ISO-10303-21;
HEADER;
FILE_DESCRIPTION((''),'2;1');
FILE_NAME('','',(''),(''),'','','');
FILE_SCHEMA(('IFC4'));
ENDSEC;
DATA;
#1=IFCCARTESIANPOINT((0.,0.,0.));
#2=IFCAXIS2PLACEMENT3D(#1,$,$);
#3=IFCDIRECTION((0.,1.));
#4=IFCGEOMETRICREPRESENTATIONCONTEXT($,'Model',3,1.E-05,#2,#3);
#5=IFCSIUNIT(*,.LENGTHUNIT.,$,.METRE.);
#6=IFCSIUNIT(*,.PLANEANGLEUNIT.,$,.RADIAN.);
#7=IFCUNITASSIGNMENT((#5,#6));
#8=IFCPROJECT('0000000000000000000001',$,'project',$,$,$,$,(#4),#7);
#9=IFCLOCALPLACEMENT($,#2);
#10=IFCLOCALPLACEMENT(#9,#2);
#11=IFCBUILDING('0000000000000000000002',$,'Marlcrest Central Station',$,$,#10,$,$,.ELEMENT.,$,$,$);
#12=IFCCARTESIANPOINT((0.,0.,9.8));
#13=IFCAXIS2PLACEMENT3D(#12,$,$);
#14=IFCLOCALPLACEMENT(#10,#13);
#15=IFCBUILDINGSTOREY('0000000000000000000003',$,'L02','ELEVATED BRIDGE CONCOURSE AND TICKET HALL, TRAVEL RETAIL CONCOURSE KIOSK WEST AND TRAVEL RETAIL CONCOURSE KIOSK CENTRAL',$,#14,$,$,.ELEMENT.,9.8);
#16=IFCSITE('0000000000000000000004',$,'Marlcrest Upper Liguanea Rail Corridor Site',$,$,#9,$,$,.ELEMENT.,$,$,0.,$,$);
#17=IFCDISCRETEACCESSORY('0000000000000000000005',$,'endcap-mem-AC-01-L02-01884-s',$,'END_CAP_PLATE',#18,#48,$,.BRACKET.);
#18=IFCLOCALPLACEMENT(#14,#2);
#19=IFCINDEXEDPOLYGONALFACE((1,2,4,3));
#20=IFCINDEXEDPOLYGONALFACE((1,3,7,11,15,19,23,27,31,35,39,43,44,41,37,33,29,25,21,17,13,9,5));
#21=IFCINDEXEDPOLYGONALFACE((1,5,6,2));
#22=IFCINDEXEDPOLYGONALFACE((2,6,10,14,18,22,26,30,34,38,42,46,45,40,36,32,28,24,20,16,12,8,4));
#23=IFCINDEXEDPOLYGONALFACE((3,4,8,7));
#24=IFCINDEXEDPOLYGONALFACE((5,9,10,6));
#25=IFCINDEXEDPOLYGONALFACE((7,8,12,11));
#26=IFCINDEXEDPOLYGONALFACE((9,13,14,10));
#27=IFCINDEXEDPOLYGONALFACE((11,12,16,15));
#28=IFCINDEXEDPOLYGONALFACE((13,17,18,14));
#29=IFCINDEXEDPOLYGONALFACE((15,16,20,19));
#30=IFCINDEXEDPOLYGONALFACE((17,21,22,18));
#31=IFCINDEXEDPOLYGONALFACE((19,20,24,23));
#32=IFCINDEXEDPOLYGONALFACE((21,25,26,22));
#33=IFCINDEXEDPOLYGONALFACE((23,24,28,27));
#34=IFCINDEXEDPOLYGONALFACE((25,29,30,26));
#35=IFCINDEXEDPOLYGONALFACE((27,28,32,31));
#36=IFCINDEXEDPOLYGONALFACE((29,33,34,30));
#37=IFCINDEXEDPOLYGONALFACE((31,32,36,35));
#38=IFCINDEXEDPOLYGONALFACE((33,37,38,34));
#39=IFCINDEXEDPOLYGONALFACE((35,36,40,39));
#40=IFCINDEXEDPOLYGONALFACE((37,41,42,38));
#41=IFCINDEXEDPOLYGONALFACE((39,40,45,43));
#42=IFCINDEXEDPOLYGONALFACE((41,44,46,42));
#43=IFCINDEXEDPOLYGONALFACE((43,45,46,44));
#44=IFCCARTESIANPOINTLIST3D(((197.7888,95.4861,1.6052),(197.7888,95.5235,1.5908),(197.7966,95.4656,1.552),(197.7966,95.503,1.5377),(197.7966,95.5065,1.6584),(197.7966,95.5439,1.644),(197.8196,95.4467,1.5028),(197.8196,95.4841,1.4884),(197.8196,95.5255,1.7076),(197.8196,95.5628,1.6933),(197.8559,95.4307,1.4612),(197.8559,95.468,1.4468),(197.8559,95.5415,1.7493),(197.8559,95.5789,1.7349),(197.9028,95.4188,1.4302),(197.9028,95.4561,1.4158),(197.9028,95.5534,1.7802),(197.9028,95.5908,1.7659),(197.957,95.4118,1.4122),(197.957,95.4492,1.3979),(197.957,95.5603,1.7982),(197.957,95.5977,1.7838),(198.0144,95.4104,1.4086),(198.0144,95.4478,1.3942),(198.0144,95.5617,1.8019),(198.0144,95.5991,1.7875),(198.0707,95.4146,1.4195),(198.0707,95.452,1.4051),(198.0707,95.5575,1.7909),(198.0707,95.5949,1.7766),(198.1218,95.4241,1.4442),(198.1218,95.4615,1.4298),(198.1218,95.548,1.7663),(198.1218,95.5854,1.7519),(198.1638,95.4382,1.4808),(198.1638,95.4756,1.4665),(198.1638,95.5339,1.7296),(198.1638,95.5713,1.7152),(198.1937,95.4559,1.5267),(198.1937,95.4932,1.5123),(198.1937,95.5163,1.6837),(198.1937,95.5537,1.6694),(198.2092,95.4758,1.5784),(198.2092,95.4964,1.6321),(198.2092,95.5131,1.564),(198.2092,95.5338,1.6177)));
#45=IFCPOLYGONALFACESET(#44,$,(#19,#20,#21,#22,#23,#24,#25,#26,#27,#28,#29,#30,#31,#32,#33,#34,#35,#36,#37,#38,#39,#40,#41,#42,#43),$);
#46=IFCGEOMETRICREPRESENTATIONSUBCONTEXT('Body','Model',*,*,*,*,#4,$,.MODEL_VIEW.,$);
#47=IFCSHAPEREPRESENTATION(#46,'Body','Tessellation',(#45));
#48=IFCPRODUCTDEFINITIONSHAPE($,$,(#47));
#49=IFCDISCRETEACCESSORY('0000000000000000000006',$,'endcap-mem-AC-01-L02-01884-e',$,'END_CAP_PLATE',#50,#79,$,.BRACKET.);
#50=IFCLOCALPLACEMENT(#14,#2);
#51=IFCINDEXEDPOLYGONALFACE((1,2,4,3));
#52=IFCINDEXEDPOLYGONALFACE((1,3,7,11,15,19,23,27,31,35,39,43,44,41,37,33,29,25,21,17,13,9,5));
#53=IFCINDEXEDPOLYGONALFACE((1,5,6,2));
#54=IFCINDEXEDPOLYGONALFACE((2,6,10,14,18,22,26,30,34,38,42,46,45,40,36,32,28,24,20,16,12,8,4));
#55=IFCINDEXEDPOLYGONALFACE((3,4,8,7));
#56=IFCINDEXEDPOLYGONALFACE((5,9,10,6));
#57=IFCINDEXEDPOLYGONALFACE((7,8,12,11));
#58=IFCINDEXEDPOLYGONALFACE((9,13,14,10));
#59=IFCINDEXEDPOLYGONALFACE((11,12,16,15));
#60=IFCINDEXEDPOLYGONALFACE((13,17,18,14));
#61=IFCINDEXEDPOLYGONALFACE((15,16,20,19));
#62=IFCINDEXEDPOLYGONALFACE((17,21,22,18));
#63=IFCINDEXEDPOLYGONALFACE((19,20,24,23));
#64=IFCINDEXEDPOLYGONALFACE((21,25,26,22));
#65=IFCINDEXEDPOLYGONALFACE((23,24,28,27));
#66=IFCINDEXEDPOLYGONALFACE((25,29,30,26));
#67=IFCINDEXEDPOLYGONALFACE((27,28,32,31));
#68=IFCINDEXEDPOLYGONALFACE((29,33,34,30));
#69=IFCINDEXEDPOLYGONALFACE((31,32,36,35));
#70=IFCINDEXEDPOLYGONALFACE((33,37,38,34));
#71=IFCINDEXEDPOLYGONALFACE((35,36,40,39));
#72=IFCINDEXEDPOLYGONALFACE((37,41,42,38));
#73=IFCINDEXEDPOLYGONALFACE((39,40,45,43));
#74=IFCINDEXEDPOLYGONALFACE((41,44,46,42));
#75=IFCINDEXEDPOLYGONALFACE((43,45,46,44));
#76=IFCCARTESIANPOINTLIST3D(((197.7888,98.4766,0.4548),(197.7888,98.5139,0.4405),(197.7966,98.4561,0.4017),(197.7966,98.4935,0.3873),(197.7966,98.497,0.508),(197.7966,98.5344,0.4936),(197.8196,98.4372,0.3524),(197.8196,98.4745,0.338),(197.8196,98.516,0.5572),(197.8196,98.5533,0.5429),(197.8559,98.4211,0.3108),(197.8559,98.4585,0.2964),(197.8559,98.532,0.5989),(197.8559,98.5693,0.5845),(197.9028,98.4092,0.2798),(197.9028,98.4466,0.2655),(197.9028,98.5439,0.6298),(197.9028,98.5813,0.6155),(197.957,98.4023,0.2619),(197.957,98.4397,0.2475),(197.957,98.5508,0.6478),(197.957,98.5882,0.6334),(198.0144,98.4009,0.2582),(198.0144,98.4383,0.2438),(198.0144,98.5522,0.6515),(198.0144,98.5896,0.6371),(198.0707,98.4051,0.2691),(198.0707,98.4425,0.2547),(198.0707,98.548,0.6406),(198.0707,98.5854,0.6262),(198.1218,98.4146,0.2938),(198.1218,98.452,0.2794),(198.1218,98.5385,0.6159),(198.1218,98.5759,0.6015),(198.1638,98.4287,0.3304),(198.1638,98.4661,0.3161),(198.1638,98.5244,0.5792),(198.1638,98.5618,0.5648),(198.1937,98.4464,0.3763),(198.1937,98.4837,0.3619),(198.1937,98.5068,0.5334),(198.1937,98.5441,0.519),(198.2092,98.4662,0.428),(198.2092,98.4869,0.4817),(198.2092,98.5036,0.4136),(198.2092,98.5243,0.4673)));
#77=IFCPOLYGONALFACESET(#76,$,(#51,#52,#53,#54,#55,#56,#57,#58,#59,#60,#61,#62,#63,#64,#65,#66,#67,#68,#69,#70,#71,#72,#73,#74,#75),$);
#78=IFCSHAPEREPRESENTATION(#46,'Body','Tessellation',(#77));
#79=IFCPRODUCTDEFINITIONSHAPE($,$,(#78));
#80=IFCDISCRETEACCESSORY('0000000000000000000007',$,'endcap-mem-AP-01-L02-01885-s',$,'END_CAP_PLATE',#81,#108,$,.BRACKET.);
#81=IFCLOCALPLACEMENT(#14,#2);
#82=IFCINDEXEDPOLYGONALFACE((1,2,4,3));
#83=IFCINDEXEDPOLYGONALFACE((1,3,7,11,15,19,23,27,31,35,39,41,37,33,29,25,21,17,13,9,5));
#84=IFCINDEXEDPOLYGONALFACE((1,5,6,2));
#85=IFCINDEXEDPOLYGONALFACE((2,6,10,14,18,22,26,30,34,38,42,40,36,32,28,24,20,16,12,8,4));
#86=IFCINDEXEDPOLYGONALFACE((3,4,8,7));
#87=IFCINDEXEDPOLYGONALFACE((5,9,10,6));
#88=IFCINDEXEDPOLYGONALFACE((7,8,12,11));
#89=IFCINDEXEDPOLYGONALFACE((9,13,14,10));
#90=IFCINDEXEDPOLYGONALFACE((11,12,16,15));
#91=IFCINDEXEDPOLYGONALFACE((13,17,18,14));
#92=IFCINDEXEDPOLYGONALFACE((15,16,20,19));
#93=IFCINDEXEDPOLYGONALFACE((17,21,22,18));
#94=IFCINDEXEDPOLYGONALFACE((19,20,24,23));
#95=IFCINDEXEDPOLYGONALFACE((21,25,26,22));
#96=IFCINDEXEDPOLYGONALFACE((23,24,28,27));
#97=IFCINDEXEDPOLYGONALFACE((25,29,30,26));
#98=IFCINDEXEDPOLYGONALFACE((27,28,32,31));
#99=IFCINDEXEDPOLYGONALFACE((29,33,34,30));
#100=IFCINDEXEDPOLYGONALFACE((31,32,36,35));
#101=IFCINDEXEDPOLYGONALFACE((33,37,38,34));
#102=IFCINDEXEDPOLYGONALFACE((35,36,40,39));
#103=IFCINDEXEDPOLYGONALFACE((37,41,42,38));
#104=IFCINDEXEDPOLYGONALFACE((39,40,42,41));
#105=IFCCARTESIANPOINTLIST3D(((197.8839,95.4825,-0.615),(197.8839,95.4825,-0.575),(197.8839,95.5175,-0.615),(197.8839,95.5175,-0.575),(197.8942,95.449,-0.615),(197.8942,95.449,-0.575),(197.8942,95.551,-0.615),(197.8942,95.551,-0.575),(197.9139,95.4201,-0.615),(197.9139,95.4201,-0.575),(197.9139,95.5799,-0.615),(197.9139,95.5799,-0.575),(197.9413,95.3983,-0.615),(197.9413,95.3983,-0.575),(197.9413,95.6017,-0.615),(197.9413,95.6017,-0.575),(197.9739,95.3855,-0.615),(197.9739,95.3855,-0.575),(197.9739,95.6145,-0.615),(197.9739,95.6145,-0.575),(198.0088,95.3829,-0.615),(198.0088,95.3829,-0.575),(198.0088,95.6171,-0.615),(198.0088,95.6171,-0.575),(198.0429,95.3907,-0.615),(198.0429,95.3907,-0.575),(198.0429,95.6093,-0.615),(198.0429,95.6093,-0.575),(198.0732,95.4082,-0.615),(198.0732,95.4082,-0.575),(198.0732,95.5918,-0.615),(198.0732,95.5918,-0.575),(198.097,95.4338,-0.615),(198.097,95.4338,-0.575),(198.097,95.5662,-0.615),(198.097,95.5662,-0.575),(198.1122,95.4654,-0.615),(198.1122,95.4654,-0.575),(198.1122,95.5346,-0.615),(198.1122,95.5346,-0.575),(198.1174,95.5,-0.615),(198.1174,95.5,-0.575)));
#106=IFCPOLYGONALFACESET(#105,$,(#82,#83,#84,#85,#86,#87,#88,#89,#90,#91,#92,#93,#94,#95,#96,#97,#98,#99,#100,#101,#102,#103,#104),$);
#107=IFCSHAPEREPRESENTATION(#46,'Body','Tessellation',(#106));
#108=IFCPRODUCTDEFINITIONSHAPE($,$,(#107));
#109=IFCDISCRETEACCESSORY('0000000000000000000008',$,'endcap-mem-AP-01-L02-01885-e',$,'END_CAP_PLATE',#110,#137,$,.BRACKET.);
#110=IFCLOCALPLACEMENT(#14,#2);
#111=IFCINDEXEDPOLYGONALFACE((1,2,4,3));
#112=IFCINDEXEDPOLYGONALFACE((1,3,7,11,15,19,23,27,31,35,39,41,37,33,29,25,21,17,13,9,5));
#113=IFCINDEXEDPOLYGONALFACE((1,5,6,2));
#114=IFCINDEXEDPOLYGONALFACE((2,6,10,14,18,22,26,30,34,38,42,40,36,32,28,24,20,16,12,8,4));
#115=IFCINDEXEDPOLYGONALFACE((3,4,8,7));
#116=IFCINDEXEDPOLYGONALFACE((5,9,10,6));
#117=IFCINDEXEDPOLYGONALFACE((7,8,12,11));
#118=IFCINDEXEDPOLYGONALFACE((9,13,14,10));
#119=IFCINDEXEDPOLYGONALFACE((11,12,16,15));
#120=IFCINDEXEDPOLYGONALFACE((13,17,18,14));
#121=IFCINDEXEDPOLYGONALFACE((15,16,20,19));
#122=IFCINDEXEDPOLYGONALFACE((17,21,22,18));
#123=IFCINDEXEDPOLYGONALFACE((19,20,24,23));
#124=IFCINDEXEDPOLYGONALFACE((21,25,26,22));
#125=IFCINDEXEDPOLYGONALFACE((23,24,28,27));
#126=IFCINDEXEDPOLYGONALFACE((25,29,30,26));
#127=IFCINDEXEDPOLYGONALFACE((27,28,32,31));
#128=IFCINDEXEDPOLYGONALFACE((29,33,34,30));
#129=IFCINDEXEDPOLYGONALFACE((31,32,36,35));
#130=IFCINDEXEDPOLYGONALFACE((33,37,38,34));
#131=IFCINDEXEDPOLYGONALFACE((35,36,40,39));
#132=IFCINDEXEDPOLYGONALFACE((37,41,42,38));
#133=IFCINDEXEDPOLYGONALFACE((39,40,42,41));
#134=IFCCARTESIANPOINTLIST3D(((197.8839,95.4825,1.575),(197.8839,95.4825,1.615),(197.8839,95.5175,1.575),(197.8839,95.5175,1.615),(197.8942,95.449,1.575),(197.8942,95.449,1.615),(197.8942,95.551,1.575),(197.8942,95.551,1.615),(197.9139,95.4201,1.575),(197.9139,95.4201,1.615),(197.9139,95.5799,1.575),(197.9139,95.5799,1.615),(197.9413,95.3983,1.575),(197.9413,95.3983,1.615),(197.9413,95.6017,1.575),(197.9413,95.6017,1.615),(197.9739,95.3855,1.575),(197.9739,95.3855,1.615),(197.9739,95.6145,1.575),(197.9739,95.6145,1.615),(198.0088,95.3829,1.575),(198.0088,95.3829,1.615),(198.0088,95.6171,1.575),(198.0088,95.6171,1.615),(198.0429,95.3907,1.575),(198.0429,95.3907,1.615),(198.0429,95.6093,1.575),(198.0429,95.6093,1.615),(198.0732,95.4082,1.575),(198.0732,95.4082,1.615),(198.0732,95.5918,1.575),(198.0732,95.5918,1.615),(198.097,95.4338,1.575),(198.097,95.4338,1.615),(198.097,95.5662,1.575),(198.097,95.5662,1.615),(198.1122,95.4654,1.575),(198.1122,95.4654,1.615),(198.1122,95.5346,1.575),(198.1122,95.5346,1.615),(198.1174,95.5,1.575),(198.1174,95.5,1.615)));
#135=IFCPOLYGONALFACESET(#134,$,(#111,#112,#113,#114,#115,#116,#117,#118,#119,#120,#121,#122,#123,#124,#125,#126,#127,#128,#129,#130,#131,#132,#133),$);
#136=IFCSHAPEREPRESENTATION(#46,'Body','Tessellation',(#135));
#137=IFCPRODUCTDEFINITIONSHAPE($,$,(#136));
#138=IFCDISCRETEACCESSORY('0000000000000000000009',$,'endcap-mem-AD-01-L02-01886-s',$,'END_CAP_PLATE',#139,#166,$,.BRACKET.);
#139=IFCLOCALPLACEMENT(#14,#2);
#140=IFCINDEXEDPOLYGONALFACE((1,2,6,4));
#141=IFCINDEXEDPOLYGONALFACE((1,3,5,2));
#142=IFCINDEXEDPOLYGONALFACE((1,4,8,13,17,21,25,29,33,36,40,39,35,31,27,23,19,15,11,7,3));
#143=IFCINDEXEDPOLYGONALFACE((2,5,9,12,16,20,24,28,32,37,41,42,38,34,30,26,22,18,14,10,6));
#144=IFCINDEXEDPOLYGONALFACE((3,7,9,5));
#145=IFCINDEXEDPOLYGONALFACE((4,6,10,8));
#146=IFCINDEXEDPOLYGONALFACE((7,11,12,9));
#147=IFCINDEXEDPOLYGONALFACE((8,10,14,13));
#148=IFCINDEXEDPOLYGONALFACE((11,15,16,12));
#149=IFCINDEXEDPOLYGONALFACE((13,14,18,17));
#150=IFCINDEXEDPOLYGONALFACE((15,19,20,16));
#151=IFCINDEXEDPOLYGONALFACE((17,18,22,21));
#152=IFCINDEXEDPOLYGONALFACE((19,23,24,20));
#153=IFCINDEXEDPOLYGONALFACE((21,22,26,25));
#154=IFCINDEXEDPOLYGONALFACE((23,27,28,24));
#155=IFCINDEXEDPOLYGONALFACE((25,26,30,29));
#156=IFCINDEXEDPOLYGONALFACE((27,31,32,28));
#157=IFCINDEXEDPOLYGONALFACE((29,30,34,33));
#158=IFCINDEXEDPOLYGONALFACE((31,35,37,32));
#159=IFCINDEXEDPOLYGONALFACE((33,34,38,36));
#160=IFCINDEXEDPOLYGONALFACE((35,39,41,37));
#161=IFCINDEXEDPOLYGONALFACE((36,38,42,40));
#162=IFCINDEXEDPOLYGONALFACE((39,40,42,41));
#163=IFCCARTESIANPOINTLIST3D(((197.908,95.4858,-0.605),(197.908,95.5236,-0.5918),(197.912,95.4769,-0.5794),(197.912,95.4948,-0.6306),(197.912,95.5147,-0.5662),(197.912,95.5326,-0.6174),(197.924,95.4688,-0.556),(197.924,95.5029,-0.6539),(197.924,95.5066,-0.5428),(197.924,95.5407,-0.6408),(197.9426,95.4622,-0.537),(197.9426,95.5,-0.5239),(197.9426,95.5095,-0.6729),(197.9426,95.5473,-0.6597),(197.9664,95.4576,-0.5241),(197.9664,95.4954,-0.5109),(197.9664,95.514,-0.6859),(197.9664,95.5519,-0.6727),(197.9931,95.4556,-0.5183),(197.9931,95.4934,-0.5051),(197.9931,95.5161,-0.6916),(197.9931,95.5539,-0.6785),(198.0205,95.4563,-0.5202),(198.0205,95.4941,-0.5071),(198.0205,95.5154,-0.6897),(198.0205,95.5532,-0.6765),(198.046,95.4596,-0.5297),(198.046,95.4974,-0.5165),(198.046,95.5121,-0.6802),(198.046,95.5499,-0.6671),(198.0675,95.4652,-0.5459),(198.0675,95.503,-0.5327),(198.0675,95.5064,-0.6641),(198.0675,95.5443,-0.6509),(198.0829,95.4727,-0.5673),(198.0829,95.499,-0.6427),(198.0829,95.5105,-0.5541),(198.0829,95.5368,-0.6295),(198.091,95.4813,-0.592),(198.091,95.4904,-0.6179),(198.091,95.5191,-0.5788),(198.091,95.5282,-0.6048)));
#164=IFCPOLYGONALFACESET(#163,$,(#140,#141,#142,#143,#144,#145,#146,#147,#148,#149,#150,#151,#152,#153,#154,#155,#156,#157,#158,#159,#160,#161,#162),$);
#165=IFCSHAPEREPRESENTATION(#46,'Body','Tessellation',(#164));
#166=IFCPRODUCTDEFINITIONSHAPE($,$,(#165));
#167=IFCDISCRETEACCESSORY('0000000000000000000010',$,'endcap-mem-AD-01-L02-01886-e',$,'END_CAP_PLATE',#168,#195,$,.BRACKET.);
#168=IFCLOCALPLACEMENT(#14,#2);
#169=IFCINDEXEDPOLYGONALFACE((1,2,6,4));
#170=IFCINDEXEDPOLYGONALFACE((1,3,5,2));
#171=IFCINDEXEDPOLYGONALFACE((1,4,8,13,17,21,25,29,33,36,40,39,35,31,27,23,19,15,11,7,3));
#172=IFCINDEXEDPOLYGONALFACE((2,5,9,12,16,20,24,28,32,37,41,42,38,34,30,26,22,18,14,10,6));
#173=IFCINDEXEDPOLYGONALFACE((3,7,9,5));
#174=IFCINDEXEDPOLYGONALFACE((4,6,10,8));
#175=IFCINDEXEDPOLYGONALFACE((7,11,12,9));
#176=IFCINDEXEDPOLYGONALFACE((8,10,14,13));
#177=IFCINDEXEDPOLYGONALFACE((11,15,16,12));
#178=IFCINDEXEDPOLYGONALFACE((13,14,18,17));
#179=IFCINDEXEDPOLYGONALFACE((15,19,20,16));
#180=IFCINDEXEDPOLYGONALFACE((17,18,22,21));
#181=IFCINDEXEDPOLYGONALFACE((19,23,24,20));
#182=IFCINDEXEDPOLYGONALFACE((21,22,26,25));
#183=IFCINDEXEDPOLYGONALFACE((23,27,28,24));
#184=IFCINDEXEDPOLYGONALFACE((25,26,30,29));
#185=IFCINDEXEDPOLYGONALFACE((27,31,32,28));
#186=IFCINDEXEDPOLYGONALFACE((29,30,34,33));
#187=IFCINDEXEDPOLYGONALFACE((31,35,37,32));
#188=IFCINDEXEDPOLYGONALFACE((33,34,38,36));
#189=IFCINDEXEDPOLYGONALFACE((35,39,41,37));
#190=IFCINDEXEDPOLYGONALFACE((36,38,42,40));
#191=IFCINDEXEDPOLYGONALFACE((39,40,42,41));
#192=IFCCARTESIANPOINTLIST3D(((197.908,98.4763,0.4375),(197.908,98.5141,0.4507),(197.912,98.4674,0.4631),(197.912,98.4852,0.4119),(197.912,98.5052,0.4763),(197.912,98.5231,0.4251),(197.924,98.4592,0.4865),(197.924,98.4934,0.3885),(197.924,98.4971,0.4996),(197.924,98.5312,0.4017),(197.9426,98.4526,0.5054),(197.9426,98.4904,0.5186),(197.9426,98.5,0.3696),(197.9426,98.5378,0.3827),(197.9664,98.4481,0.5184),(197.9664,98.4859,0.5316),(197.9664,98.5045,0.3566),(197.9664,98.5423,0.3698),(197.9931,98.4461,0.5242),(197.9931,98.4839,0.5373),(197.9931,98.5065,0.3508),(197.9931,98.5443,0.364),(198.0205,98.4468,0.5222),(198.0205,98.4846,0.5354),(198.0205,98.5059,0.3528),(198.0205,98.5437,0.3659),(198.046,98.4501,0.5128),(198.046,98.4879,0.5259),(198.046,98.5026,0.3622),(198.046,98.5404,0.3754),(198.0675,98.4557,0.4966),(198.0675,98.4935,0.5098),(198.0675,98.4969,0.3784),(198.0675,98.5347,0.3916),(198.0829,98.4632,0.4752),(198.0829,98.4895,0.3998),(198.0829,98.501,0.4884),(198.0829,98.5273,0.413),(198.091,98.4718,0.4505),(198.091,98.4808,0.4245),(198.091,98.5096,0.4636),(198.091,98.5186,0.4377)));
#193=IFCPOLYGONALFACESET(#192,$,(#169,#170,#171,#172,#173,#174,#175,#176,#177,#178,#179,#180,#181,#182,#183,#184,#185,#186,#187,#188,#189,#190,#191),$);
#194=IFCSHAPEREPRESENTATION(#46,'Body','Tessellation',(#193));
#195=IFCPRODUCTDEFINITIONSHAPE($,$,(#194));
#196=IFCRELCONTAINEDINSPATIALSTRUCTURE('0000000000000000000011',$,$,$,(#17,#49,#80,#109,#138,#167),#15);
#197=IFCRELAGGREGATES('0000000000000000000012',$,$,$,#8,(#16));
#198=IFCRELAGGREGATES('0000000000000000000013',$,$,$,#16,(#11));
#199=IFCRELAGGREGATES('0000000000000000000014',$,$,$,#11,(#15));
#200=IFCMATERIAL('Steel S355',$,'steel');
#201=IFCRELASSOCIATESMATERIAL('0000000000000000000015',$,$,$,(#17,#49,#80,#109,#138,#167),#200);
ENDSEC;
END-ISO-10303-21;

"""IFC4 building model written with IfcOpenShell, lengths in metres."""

from ifc_helpers import new_model, si_unit, direction, frame, origin, origin_2d, place, context, subcontext, project, spatial, circle, extrude, material, element, save


model = new_model("IFC4")

# Units and contexts
model_context = context("Model", 3, precision=1e-05, world=origin(), true_north=direction((0.0, 1.0)))
body_context = subcontext(model_context, "Body", "Model", "MODEL_VIEW")
ifc_project = project(units=[si_unit("LENGTHUNIT", "METRE"), si_unit("PLANEANGLEUNIT", "RADIAN")], contexts=[model_context])

# Site, building, storey
site_placement = place(None, origin())
site = spatial("IfcSite", under=ifc_project, at=site_placement, Name="Marlcrest Upper Liguanea Rail Corridor Site", CompositionType="ELEMENT", RefElevation=0.0)
building_placement = place(site_placement, origin())
building = spatial("IfcBuilding", under=site, at=building_placement, Name="Marlcrest Central Station", CompositionType="ELEMENT")
storey_placement = place(building_placement, frame((0.0, 0.0, 9.8)))
storey = spatial("IfcBuildingStorey", under=building, at=storey_placement, Name="L02", Description="ELEVATED BRIDGE CONCOURSE AND TICKET HALL, TRAVEL RETAIL CONCOURSE KIOSK WEST AND TRAVEL RETAIL CONCOURSE KIOSK CENTRAL", CompositionType="ELEMENT", Elevation=9.8)

# Shared definitions
ifc_material_1 = material(Name="Steel S355", Category="steel")

# Discrete accessories
for number, where, z_axis, x_axis, name in (
    (1, (198.0, 95.4861, 1.6052), (0.0, 0.933324, -0.359035), (-1.0, 0.0, 0.0), "endcap-mem-AC-01-L02-01884-s"),
    (2, (198.0, 98.4766, 0.4548), (0.0, 0.933324, -0.359035), (-1.0, 0.0, 0.0), "endcap-mem-AC-01-L02-01884-e"),
):
    element("IfcDiscreteAccessory", number, at=place(storey_placement, frame(where, z_axis=z_axis, x_axis=x_axis)), inside=storey, material=ifc_material_1, Name=name, ObjectType="END_CAP_PLATE", PredefinedType="BRACKET", context=body_context, shape_type="SweptSolid", body=[
        extrude(circle(Radius=0.2112, at=origin_2d()), origin(), (0.0, 0.0, 1.0), 0.04),
    ])
for number, where, z_axis, x_axis, name in (
    (3, (198.0, 95.5, -0.615), (0.0, 0.0, 1.0), (1.0, 0.0, 0.0), "endcap-mem-AP-01-L02-01885-s"),
    (4, (198.0, 95.5, 1.575), (0.0, 0.0, 1.0), (1.0, 0.0, 0.0), "endcap-mem-AP-01-L02-01885-e"),
):
    element("IfcDiscreteAccessory", number, at=place(storey_placement, frame(where, z_axis=z_axis, x_axis=x_axis)), inside=storey, material=ifc_material_1, Name=name, ObjectType="END_CAP_PLATE", PredefinedType="BRACKET", context=body_context, shape_type="SweptSolid", body=[
        extrude(circle(Radius=0.1174, at=origin_2d()), origin(), (0.0, 0.0, 1.0), 0.04),
    ])
for number, where, z_axis, x_axis, name in (
    (5, (198.0, 95.4858, -0.605), (0.0, 0.94426, 0.3292), (-1.0, 0.0, 0.0), "endcap-mem-AD-01-L02-01886-s"),
    (6, (198.0, 98.4763, 0.4375), (0.0, 0.94426, 0.3292), (-1.0, 0.0, 0.0), "endcap-mem-AD-01-L02-01886-e"),
):
    element("IfcDiscreteAccessory", number, at=place(storey_placement, frame(where, z_axis=z_axis, x_axis=x_axis)), inside=storey, material=ifc_material_1, Name=name, ObjectType="END_CAP_PLATE", PredefinedType="BRACKET", context=body_context, shape_type="SweptSolid", body=[
        extrude(circle(Radius=0.092, at=origin_2d()), origin(), (0.0, 0.0, 1.0), 0.04),
    ])

save(model, "model.ifc")
